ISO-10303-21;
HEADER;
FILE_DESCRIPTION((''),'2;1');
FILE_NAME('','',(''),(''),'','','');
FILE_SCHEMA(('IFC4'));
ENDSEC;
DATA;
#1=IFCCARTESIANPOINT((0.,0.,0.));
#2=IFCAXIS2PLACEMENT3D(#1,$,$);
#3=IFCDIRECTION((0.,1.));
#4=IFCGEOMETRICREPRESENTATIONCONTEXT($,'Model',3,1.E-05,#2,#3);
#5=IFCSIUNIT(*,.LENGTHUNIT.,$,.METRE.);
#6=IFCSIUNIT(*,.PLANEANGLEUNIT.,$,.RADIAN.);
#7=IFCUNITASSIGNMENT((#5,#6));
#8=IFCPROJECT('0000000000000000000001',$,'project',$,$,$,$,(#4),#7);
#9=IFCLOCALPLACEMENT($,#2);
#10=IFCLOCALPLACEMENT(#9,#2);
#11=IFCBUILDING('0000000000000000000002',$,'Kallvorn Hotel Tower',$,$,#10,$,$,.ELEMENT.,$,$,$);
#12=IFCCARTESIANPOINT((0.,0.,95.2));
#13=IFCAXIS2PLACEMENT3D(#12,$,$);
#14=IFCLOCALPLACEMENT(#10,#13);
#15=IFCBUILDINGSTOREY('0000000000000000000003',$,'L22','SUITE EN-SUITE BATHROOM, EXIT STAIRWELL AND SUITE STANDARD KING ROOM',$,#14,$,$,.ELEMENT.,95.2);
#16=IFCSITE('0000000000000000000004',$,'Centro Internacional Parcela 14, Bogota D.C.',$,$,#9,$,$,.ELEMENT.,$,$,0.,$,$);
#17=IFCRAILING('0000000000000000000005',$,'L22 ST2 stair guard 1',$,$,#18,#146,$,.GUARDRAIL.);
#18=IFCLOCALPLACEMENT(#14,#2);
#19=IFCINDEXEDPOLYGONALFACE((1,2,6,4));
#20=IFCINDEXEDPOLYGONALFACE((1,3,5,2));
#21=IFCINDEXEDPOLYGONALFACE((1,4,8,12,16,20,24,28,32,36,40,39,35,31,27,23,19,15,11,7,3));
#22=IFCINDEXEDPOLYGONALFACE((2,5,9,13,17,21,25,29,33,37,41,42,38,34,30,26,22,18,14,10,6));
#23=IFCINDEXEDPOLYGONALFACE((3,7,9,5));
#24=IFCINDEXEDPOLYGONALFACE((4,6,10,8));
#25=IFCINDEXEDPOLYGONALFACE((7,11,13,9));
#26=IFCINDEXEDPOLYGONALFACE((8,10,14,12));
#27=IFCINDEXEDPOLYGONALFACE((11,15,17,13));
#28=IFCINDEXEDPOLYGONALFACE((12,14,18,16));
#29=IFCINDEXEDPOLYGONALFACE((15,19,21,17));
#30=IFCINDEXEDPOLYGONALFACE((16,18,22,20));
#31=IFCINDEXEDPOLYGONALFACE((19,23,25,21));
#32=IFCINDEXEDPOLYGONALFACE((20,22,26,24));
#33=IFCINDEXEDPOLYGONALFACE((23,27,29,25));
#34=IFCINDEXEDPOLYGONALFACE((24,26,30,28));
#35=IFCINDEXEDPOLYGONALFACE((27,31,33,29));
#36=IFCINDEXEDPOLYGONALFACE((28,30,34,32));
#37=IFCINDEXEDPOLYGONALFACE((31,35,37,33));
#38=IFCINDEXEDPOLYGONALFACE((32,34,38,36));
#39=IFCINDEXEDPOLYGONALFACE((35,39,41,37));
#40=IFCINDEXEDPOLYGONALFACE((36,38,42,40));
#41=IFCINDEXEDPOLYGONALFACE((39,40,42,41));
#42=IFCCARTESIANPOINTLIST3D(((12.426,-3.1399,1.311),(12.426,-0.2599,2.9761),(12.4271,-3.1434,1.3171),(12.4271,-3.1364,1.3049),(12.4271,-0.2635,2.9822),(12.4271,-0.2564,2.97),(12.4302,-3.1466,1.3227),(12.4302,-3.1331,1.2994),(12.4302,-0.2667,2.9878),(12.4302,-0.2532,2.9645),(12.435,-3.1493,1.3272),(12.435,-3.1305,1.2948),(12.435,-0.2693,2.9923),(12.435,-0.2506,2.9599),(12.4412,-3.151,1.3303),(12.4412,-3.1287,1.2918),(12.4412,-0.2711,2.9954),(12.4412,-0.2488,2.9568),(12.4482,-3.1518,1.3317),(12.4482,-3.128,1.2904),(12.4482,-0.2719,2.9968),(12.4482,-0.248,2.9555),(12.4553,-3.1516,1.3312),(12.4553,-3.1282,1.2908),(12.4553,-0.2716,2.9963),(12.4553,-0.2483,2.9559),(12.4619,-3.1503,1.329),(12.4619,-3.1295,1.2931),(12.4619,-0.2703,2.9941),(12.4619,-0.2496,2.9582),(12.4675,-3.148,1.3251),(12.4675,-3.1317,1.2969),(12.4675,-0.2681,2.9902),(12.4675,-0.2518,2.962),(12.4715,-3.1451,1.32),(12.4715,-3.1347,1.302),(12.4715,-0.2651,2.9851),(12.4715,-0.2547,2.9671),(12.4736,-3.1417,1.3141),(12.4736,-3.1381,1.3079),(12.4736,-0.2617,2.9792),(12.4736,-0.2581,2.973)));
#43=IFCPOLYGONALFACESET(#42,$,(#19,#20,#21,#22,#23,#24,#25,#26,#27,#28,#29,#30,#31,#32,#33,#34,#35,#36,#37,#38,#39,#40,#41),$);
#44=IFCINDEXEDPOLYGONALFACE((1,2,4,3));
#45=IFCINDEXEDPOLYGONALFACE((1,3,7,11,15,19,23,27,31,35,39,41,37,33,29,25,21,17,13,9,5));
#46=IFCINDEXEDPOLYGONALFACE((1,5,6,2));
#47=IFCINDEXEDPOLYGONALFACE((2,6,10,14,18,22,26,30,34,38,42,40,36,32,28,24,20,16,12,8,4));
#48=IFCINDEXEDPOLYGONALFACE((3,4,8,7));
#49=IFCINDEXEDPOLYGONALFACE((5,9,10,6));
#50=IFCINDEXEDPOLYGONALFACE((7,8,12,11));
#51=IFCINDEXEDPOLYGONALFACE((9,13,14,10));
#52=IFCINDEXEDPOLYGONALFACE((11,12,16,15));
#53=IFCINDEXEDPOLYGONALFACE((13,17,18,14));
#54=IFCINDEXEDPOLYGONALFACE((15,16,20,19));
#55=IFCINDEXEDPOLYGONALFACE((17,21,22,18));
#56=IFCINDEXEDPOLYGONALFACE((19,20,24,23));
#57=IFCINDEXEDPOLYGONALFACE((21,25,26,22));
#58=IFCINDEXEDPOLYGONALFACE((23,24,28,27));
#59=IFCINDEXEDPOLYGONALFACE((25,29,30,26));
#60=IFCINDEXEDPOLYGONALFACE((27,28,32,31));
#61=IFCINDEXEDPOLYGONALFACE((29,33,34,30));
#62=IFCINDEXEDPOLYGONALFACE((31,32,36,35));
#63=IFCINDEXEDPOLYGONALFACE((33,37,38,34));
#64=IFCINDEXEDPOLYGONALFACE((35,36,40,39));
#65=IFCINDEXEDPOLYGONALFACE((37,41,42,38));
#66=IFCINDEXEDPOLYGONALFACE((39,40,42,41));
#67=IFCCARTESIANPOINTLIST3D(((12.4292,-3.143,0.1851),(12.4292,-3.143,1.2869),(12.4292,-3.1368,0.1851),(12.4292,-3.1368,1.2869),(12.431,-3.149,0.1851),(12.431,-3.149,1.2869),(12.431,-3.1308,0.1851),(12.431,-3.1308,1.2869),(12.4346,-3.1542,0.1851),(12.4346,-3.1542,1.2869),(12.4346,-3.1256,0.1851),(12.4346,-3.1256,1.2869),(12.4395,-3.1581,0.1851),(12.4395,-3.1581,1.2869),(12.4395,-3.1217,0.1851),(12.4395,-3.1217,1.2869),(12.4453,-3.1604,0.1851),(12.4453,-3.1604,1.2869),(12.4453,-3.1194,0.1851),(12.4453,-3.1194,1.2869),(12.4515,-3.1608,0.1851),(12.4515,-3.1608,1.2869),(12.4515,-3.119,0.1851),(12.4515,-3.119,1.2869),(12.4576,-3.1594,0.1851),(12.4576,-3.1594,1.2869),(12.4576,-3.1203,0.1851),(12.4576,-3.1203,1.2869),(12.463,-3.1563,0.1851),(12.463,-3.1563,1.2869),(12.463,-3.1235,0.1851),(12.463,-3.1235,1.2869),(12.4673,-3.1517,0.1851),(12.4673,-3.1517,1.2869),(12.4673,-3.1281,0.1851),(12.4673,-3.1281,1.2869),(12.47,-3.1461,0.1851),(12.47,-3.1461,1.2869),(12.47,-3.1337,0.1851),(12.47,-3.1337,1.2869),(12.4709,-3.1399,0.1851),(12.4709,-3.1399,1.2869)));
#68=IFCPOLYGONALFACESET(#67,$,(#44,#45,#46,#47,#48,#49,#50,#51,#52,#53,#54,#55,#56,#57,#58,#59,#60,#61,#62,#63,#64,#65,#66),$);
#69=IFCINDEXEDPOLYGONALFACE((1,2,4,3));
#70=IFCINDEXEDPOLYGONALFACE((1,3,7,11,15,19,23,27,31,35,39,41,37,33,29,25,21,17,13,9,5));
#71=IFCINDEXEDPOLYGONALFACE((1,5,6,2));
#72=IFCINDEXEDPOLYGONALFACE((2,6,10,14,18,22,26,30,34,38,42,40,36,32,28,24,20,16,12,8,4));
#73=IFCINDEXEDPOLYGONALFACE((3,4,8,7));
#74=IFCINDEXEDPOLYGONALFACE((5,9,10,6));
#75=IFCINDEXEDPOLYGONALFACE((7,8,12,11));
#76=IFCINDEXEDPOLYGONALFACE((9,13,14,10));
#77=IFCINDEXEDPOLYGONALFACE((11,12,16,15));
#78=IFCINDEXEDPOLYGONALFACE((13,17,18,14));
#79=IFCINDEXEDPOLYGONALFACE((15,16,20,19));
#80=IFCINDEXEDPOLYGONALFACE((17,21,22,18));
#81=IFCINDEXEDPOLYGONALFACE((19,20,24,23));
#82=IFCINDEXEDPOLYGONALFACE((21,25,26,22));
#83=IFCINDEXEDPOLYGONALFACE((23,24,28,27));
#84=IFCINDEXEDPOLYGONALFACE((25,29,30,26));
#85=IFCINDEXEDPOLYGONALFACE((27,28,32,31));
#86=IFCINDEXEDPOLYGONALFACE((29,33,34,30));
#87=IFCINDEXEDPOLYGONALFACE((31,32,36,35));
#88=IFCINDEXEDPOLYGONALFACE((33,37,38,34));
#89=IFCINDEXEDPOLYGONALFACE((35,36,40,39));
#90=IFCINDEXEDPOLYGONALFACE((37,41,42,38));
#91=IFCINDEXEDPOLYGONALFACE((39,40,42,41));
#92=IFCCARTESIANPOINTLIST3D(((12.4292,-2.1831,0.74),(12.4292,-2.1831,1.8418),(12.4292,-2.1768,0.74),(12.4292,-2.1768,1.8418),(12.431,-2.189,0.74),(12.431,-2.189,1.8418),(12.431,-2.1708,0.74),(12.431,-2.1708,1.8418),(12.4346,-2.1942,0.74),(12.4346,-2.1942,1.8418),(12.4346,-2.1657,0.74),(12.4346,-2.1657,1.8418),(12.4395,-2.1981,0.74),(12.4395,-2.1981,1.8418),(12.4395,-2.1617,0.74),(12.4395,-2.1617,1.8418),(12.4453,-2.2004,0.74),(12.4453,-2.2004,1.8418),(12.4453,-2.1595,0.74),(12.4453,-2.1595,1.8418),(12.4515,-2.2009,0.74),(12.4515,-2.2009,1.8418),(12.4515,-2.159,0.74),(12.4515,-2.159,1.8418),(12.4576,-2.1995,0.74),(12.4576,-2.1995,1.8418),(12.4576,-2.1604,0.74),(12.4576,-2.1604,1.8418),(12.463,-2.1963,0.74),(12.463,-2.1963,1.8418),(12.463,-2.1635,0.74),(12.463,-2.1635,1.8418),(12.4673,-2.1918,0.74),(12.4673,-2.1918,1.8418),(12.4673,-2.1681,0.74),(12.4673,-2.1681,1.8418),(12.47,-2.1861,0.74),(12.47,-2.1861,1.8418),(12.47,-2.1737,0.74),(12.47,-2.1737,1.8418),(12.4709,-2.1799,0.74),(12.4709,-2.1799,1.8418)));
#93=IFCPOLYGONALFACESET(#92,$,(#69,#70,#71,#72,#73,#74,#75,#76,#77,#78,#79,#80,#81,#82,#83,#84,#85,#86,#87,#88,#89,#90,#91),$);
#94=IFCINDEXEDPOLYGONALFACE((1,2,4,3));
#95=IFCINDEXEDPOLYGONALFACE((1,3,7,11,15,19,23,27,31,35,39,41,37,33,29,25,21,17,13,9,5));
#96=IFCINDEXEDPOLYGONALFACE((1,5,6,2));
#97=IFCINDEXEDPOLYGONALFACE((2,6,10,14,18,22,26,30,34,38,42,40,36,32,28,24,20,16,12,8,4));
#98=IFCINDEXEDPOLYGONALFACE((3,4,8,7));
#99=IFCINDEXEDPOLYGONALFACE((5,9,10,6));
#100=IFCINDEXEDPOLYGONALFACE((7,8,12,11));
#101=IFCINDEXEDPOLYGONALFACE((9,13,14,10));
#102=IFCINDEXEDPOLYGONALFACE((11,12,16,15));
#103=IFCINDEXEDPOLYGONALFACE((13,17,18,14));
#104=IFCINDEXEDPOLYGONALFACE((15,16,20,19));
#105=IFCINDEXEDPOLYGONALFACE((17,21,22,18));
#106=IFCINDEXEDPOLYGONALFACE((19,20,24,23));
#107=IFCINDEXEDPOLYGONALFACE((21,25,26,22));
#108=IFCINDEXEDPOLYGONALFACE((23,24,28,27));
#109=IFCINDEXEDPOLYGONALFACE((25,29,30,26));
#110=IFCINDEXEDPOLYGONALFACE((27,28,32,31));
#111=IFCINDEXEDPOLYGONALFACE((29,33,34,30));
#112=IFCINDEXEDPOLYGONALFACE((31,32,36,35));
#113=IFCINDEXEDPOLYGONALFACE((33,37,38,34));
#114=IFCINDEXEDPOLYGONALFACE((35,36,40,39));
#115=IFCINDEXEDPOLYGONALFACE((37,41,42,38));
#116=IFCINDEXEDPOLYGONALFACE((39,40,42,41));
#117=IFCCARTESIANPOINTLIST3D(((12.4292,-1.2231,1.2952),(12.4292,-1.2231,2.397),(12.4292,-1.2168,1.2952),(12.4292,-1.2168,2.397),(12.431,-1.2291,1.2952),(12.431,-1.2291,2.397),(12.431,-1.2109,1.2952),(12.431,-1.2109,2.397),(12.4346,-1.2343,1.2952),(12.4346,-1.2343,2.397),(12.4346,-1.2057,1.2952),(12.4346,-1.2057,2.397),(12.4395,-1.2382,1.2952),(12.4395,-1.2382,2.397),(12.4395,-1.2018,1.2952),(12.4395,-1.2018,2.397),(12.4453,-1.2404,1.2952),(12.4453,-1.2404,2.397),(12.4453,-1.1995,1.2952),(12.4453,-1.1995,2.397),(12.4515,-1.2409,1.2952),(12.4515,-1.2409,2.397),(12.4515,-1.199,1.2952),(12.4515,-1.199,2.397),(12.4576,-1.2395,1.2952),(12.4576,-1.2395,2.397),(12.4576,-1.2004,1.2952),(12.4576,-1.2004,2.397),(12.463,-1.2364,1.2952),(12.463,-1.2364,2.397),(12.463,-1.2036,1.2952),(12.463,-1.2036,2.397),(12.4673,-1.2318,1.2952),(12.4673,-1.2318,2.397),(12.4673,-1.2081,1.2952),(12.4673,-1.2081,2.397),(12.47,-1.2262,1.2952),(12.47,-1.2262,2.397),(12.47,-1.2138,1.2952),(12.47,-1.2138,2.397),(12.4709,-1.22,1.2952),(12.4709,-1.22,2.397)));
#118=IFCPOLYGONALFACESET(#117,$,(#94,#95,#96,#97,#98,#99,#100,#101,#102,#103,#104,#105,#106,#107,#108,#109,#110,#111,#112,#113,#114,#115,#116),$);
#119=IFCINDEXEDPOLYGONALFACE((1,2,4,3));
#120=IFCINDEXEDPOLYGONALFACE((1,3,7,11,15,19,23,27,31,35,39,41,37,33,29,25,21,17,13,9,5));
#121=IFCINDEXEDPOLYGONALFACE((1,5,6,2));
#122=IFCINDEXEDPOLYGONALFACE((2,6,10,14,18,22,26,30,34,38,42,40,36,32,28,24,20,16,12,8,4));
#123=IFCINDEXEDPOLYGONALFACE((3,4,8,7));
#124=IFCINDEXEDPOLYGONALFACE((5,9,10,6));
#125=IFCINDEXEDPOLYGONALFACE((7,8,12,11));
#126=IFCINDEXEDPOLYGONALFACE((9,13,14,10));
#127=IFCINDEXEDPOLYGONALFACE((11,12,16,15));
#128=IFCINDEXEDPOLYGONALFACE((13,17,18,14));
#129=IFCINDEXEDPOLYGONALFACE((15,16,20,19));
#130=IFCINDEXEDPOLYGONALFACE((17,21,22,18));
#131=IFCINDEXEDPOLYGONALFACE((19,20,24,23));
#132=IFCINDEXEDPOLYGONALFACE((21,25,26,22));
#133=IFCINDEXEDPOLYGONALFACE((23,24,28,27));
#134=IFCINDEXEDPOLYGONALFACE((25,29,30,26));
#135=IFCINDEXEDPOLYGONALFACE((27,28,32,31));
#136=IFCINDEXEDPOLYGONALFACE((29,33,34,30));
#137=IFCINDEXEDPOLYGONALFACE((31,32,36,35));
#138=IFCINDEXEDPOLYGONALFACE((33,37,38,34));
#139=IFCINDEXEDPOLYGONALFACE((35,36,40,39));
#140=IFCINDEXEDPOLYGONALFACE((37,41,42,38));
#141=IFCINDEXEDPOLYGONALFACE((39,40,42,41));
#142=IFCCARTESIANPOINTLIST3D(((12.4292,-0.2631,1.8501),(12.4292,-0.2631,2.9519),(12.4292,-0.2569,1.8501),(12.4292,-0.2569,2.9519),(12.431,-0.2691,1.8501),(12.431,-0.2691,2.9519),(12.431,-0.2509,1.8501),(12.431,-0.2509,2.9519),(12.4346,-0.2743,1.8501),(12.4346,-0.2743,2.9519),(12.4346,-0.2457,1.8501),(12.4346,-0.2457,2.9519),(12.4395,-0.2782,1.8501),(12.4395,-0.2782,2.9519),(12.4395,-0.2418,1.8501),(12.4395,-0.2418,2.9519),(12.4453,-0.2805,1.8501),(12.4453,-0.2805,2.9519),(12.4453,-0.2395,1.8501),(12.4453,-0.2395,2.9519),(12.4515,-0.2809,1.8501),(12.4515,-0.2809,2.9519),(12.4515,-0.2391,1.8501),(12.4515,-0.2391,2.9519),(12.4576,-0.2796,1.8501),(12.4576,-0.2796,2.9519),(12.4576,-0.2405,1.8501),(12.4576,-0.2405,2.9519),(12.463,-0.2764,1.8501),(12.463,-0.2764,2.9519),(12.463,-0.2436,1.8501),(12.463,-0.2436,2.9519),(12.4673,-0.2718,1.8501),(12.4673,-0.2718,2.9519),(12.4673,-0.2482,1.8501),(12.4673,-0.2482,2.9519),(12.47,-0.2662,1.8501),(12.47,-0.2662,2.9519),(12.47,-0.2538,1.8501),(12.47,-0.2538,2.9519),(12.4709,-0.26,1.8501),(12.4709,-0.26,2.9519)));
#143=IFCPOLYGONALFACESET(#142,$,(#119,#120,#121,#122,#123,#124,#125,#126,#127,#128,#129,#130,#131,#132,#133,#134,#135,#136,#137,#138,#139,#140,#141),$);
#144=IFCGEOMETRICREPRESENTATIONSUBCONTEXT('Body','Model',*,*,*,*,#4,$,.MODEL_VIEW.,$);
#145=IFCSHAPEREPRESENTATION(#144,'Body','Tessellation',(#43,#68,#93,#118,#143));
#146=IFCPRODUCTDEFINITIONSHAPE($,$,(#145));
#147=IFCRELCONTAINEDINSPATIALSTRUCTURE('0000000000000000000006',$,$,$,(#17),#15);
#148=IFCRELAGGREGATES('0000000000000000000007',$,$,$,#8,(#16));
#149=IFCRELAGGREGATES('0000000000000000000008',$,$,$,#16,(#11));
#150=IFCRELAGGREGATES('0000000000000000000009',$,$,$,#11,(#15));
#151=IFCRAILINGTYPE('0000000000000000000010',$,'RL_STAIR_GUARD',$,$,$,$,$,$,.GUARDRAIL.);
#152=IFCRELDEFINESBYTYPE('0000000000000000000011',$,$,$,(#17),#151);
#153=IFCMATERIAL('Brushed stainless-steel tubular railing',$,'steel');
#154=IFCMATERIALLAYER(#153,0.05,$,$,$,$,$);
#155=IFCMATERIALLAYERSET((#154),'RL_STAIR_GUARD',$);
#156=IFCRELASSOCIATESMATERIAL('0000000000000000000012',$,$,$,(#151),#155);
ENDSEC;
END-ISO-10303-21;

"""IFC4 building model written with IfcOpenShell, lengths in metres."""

from ifc_helpers import new_model, si_unit, direction, frame, origin, origin_2d, place, context, subcontext, project, spatial, circle, extrude, material, layer, layer_set, type_object, element, save


model = new_model("IFC4")

# Units and contexts
model_context = context("Model", 3, precision=1e-05, world=origin(), true_north=direction((0.0, 1.0)))
body_context = subcontext(model_context, "Body", "Model", "MODEL_VIEW")
ifc_project = project(units=[si_unit("LENGTHUNIT", "METRE"), si_unit("PLANEANGLEUNIT", "RADIAN")], contexts=[model_context])

# Site, building, storey
site_placement = place(None, origin())
site = spatial("IfcSite", under=ifc_project, at=site_placement, Name="Centro Internacional Parcela 14, Bogota D.C.", CompositionType="ELEMENT", RefElevation=0.0)
building_placement = place(site_placement, origin())
building = spatial("IfcBuilding", under=site, at=building_placement, Name="Kallvorn Hotel Tower", CompositionType="ELEMENT")
storey_placement = place(building_placement, frame((0.0, 0.0, 95.2)))
storey = spatial("IfcBuildingStorey", under=building, at=storey_placement, Name="L22", Description="SUITE EN-SUITE BATHROOM, EXIT STAIRWELL AND SUITE STANDARD KING ROOM", CompositionType="ELEMENT", Elevation=95.2)

# Railing
ifc_material_1 = material(Name="Brushed stainless-steel tubular railing", Category="steel")
ifc_layer_1 = layer(ifc_material_1, 0.05)
ifc_layer_set_1 = layer_set([ifc_layer_1], Name="RL_STAIR_GUARD")
railing_type_1 = type_object("IfcRailingType", Name="RL_STAIR_GUARD", PredefinedType="GUARDRAIL", material=ifc_layer_set_1)
railing_1_placement = place(storey_placement, frame((12.45, -3.1399, 0.1851)))
element("IfcRailing", 1, at=railing_1_placement, inside=storey, type_object=railing_type_1, Name="L22 ST2 stair guard 1", PredefinedType="GUARDRAIL", context=body_context, shape_type="SweptSolid", body=[
    extrude(circle(Radius=0.0239, at=origin_2d()), frame((0.0, 0.0, 1.126), z_axis=(0.0, 0.865721, 0.500527), x_axis=(-1.0, 0.0, 0.0)), (0.0, 0.0, 1.0), 3.3267),
    extrude(circle(Radius=0.021, at=origin_2d()), origin(), (0.0, 0.0, 1.0), 1.1018),
    extrude(circle(Radius=0.021, at=origin_2d()), frame((0.0, 0.96, 0.5549)), (0.0, 0.0, 1.0), 1.1018),
    extrude(circle(Radius=0.021, at=origin_2d()), frame((0.0, 1.9199, 1.1101)), (0.0, 0.0, 1.0), 1.1018),
    extrude(circle(Radius=0.021, at=origin_2d()), frame((0.0, 2.8799, 1.665)), (0.0, 0.0, 1.0), 1.1018),
])

save(model, "model.ifc")
